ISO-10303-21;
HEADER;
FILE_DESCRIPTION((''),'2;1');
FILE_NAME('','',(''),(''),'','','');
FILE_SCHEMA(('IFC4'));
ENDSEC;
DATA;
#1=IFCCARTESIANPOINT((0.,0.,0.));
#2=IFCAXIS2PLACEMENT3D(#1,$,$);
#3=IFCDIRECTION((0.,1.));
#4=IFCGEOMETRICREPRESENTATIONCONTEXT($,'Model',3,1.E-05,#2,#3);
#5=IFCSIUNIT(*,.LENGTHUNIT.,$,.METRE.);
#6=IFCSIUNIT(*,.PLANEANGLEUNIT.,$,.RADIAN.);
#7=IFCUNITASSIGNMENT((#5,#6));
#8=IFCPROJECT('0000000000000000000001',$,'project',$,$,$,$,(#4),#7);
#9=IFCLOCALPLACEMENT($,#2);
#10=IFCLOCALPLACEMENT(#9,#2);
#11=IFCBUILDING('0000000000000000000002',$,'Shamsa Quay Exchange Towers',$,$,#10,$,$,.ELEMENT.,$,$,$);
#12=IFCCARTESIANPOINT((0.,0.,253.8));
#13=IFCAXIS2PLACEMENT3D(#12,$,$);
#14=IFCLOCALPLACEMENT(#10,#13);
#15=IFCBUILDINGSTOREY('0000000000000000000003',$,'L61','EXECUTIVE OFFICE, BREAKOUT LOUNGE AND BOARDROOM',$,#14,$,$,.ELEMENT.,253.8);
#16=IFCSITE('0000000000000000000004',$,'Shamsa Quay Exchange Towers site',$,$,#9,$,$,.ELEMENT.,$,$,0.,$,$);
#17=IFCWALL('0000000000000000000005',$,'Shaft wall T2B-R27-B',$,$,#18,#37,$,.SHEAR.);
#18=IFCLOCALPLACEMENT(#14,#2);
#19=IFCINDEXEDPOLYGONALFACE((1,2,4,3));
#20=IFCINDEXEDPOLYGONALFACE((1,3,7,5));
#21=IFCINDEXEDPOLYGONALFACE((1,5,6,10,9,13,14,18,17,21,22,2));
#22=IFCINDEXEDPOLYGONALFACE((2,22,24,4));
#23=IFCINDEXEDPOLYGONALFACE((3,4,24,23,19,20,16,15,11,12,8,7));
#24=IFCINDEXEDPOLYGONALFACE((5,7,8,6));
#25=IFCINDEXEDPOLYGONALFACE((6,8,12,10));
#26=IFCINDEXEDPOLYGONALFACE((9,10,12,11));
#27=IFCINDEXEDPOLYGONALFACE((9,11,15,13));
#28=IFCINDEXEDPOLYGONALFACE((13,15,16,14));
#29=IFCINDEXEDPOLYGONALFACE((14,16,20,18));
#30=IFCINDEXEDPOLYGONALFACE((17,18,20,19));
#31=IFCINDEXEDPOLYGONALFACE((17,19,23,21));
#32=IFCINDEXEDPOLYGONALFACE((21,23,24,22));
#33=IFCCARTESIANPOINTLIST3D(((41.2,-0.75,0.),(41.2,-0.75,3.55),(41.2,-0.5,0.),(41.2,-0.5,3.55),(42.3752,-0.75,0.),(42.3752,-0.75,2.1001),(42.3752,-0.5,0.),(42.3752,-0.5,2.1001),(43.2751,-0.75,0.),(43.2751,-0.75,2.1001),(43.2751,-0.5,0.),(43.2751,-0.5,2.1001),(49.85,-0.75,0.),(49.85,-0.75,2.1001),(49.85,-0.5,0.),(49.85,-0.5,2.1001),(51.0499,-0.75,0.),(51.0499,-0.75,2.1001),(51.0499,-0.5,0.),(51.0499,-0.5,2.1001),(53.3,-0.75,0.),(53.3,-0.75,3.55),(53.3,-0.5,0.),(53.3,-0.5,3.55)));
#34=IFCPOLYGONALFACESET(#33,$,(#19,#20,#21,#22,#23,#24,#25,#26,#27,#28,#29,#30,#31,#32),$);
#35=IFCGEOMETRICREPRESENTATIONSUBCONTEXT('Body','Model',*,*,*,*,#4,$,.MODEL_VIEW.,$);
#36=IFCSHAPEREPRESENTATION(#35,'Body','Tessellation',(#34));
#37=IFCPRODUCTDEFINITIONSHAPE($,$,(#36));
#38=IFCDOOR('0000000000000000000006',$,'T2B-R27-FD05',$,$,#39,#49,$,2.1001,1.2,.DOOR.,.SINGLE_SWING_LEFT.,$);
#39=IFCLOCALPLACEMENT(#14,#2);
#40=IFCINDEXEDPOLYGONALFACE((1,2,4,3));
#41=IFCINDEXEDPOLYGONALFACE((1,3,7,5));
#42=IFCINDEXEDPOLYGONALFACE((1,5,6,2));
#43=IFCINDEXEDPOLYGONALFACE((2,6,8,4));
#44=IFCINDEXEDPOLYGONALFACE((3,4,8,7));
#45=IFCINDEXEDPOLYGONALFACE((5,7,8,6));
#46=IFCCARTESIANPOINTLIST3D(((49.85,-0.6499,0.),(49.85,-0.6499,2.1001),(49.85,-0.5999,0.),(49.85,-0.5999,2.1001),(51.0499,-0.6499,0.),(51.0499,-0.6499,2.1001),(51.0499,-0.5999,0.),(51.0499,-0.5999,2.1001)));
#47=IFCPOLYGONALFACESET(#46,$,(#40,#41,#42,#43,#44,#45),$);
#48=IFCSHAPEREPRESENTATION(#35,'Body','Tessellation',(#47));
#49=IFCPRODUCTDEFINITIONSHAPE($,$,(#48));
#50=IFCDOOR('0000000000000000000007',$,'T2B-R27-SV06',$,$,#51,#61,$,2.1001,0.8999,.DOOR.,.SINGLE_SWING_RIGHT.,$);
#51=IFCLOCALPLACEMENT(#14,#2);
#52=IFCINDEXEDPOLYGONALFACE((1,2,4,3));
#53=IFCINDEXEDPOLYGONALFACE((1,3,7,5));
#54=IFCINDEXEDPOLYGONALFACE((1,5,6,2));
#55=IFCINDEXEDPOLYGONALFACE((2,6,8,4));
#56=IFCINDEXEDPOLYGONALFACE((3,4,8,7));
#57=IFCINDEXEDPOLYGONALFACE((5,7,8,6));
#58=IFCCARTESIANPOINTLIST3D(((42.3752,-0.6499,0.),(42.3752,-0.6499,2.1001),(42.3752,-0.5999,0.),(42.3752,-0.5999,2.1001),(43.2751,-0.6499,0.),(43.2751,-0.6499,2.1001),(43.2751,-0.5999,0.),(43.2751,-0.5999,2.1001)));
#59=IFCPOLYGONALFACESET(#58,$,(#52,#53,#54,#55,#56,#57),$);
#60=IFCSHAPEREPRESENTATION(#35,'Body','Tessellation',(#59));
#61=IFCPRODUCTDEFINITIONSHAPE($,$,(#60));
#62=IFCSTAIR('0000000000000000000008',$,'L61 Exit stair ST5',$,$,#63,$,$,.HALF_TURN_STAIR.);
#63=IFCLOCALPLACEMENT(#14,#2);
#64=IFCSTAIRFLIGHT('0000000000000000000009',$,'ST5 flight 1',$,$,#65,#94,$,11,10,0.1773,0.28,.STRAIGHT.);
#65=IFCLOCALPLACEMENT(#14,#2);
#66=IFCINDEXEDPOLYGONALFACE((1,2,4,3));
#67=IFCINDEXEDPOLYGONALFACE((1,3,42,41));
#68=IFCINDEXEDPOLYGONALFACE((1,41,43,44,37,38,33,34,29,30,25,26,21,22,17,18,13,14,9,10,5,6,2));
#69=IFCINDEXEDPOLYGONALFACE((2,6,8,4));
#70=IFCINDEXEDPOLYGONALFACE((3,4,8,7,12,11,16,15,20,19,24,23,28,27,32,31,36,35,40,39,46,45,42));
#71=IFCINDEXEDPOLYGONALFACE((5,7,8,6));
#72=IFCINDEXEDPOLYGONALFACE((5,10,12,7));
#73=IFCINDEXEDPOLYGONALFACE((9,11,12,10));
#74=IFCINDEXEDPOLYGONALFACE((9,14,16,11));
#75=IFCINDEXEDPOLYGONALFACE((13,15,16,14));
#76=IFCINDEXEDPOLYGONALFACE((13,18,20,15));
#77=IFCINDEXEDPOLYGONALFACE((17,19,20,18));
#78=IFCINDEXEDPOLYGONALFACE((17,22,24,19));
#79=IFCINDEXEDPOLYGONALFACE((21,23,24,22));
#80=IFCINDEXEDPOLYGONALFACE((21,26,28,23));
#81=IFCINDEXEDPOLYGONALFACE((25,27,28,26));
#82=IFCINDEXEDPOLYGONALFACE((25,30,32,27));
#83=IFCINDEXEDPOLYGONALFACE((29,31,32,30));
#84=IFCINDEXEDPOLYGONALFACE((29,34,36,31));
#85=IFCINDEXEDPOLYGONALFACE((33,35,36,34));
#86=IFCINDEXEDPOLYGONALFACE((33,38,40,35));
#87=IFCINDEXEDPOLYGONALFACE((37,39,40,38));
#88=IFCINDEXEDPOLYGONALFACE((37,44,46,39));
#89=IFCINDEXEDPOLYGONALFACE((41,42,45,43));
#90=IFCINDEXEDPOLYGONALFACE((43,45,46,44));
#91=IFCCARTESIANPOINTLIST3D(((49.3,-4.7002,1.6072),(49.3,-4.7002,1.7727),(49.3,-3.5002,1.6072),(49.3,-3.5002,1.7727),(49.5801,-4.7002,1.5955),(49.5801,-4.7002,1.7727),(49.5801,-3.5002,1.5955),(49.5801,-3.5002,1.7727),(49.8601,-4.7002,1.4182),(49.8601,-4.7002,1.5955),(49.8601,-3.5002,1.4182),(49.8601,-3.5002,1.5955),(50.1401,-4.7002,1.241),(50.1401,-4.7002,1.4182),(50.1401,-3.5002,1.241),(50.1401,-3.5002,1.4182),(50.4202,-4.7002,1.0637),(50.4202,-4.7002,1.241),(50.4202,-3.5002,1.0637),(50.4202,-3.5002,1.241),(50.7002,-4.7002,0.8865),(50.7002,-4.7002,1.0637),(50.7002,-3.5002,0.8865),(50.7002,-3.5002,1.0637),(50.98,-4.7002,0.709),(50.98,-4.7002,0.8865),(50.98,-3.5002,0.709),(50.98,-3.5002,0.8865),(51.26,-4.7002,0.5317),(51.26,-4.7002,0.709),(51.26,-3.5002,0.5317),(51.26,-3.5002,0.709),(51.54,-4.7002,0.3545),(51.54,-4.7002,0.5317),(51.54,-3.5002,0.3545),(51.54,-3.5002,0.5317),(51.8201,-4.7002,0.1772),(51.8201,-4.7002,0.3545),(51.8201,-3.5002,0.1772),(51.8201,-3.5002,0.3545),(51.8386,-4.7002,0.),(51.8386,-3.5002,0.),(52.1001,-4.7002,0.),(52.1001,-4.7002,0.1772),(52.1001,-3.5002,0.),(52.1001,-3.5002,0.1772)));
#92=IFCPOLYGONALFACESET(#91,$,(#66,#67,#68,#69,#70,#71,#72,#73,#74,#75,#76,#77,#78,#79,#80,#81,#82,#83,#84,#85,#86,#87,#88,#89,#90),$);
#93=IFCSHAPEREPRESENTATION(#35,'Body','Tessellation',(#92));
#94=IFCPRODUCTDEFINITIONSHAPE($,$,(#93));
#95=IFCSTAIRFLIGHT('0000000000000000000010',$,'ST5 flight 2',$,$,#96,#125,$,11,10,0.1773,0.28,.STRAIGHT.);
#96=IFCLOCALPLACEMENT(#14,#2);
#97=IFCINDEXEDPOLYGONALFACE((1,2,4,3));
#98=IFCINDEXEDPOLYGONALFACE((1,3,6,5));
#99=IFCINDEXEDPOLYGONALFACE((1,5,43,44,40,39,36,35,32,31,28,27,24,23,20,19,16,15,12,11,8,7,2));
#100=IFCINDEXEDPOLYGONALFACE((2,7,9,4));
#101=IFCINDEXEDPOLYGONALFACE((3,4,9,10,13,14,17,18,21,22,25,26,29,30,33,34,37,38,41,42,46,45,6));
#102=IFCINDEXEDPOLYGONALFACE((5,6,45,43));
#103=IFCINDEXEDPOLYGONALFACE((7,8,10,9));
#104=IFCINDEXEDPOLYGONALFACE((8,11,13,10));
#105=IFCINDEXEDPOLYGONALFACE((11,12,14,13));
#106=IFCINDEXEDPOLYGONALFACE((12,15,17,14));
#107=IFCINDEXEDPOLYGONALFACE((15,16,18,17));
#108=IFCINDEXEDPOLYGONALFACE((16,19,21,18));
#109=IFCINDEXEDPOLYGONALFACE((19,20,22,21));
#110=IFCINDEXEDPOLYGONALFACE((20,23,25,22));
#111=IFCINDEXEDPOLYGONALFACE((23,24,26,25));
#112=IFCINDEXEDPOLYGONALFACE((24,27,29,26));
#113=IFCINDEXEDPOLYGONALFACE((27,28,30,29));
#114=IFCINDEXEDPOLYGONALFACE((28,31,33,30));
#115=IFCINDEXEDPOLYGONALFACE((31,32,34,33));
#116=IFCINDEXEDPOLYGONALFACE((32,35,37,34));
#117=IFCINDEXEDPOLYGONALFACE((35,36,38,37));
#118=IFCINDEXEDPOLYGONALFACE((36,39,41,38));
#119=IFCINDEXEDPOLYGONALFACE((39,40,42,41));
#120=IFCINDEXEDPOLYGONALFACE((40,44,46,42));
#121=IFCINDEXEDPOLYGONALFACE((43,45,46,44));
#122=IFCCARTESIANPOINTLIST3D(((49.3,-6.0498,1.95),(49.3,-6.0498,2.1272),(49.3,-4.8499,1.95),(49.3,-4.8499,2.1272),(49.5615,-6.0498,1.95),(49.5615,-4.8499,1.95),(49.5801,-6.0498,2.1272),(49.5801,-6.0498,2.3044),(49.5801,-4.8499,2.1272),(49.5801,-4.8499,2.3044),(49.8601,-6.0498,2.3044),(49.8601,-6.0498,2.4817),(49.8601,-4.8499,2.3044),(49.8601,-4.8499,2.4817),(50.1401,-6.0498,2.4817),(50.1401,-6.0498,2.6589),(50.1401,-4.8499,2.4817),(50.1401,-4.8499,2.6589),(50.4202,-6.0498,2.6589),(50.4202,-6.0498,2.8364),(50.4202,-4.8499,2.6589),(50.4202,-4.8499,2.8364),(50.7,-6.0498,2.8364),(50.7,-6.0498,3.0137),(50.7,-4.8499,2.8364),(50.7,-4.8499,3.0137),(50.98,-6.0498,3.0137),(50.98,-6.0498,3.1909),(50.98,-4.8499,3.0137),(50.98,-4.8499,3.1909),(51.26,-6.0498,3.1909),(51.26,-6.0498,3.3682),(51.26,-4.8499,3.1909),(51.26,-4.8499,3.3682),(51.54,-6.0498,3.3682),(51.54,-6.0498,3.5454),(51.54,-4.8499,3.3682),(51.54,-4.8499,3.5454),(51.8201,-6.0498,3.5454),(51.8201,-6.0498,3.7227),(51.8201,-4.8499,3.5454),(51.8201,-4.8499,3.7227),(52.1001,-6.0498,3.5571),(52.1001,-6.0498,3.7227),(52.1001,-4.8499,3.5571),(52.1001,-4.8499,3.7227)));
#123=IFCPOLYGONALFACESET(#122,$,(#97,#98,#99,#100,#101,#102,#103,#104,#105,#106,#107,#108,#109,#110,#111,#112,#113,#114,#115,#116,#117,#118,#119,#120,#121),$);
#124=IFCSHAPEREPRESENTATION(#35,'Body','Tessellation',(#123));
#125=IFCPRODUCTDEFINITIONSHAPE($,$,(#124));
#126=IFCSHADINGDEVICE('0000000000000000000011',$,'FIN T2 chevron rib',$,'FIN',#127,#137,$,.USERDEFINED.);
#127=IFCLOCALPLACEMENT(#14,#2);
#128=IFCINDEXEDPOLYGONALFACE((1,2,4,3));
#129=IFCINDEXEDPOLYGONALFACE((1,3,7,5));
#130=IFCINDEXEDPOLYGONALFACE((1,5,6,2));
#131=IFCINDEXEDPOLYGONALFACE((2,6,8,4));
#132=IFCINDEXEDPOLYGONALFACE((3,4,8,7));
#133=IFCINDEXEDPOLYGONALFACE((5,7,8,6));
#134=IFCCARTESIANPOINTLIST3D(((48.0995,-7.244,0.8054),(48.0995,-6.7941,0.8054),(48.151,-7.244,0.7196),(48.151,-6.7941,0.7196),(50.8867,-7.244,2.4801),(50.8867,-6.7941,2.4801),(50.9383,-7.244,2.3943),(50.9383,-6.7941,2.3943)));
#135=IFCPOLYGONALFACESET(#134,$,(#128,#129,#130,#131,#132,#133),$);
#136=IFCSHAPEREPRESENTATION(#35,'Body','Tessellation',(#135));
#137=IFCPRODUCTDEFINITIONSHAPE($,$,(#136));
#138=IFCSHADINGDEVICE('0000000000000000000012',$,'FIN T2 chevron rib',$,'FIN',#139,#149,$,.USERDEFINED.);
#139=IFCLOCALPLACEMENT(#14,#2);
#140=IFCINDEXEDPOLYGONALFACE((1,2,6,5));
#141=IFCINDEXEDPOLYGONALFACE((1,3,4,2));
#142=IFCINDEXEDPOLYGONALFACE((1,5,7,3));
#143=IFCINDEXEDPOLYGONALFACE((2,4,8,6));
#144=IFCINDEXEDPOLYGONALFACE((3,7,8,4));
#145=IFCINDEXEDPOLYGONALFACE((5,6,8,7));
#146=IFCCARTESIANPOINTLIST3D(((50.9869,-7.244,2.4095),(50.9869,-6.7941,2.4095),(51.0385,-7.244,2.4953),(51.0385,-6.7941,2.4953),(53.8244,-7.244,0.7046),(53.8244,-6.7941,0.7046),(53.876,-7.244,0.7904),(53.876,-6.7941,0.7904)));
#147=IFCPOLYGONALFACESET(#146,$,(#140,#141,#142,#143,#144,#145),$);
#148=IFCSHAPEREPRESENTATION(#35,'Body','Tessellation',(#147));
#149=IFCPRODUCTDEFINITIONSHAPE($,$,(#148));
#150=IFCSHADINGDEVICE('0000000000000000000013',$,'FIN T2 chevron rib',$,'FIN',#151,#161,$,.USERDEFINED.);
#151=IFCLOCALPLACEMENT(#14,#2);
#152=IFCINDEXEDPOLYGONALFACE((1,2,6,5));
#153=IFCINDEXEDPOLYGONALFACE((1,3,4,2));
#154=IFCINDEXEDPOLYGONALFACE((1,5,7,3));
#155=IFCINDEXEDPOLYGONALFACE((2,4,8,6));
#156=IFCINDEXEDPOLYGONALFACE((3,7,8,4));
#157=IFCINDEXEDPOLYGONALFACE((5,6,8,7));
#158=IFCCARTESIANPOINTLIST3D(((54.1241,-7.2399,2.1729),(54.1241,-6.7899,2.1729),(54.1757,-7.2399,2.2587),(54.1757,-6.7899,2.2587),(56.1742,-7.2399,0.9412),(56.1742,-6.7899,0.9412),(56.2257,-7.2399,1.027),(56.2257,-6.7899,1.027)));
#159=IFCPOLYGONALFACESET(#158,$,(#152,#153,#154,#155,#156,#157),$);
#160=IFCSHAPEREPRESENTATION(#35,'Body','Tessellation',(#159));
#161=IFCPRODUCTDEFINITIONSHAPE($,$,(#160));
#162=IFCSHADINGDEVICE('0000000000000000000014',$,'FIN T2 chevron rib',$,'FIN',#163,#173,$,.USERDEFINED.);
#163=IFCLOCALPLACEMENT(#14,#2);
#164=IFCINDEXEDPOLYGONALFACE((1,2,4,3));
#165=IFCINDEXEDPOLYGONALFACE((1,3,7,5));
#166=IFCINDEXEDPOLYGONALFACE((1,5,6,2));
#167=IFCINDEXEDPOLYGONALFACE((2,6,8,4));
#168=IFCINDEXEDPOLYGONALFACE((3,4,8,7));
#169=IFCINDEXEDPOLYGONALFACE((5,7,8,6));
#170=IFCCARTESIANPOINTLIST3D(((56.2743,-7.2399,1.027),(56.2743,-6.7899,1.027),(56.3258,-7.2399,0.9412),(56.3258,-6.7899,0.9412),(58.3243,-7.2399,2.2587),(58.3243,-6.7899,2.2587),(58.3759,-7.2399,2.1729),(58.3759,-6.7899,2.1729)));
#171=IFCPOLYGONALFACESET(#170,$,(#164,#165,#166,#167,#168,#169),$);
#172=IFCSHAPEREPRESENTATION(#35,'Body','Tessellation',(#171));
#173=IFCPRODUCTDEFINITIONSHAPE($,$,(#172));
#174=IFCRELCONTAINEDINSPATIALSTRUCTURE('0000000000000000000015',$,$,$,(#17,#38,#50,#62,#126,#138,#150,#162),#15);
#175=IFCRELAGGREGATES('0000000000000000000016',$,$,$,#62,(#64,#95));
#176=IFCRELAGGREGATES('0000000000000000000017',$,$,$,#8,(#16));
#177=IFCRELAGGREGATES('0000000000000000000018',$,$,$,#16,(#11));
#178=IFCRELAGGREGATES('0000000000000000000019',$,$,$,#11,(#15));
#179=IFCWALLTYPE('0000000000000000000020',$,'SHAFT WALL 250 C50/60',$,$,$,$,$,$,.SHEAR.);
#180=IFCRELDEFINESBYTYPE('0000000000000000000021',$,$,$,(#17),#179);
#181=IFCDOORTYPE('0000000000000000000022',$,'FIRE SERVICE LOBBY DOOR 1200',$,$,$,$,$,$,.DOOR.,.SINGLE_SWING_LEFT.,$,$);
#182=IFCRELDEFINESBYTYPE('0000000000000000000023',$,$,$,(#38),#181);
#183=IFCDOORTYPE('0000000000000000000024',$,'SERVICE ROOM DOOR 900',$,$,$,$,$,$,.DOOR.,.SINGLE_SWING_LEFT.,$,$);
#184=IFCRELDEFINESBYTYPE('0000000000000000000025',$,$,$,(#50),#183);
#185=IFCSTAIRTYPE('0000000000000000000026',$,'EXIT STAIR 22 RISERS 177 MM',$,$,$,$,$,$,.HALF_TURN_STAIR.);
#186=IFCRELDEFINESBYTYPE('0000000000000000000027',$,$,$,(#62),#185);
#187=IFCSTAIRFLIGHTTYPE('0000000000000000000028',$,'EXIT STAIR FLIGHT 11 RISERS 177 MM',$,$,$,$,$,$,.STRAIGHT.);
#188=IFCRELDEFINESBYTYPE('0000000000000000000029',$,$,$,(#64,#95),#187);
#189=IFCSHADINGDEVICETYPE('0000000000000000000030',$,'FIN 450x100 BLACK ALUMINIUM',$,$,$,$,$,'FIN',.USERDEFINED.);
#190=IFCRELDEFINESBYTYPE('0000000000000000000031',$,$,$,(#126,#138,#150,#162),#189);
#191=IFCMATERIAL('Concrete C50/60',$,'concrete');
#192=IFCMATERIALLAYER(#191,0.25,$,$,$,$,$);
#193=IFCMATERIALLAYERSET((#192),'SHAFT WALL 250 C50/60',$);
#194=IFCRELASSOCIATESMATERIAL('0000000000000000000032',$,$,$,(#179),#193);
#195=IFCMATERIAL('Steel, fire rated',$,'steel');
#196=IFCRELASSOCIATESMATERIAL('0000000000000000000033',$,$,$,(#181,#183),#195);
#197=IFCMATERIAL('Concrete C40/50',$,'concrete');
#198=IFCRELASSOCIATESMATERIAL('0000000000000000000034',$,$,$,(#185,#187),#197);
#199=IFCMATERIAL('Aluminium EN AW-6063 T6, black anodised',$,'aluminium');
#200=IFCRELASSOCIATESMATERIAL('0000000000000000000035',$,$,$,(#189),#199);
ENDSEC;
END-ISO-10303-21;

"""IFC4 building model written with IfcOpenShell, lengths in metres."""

from ifc_helpers import new_model, si_unit, direction, frame, frame_2d, origin, origin_2d, place, context, subcontext, project, spatial, polyline, rectangle, outline, extrude, material, layer, layer_set, material_profile, profile_set, type_object, element, fill, aggregate, save


model = new_model("IFC4")

# Units and contexts
model_context = context("Model", 3, precision=1e-05, world=origin(), true_north=direction((0.0, 1.0)))
body_context = subcontext(model_context, "Body", "Model", "MODEL_VIEW")
ifc_project = project(units=[si_unit("LENGTHUNIT", "METRE"), si_unit("PLANEANGLEUNIT", "RADIAN")], contexts=[model_context])

# Site, building, storey
site_placement = place(None, origin())
site = spatial("IfcSite", under=ifc_project, at=site_placement, Name="Shamsa Quay Exchange Towers site", CompositionType="ELEMENT", RefElevation=0.0)
building_placement = place(site_placement, origin())
building = spatial("IfcBuilding", under=site, at=building_placement, Name="Shamsa Quay Exchange Towers", CompositionType="ELEMENT")
storey_placement = place(building_placement, frame((0.0, 0.0, 253.8)))
storey = spatial("IfcBuildingStorey", under=building, at=storey_placement, Name="L61", Description="EXECUTIVE OFFICE, BREAKOUT LOUNGE AND BOARDROOM", CompositionType="ELEMENT", Elevation=253.8)

# Shared definitions
ifc_material_1 = material(Name="Aluminium EN AW-6063 T6, black anodised", Category="aluminium")

# Shared definitions
ifc_material_2 = material(Name="Steel, fire rated", Category="steel")
ifc_material_3 = material(Name="Concrete C50/60", Category="concrete")
ifc_layer_1 = layer(ifc_material_3, 0.25)
ifc_layer_set_1 = layer_set([ifc_layer_1], Name="SHAFT WALL 250 C50/60")
wall_type_1 = type_object("IfcWallType", Name="SHAFT WALL 250 C50/60", PredefinedType="SHEAR", material=ifc_layer_set_1)

# Wall, openings, doors
wall_1_placement = place(storey_placement, frame((53.3, -0.625, 0.0), z_axis=(0.0, 0.0, 1.0), x_axis=(-1.0, 0.0, 0.0)))
wall_1 = element("IfcWall", 1, at=wall_1_placement, inside=storey, type_object=wall_type_1, Name="Shaft wall T2B-R27-B", PredefinedType="SHEAR", context=body_context, shape_type="SweptSolid", body=[
    extrude(rectangle(XDim=12.1001, YDim=0.25, at=frame_2d((6.05, 0.0))), origin(), (0.0, 0.0, 1.0), 3.55),
])
opening_1_placement = place(wall_1_placement, frame((2.25, 0.0, 0.0)))
opening_1 = element("IfcOpeningElement", 2, at=opening_1_placement, cuts=wall_1, PredefinedType="OPENING", context=body_context, shape_type="SweptSolid", body=[
    extrude(rectangle(XDim=1.2, YDim=2.1001, at=frame_2d((0.6001, 1.05))), frame((0.0, 0.135, 0.0), z_axis=(0.0, -1.0, 0.0), x_axis=(1.0, 0.0, 0.0)), (0.0, 0.0, 1.0), 0.27),
])
opening_2_placement = place(wall_1_placement, frame((10.0249, 0.0, 0.0)))
opening_2 = element("IfcOpeningElement", 3, at=opening_2_placement, cuts=wall_1, PredefinedType="OPENING", context=body_context, shape_type="SweptSolid", body=[
    extrude(rectangle(XDim=0.8999, YDim=2.1001, at=frame_2d((0.45, 1.05))), frame((0.0, 0.135, 0.0), z_axis=(0.0, -1.0, 0.0), x_axis=(1.0, 0.0, 0.0)), (0.0, 0.0, 1.0), 0.27),
])
door_type_1 = type_object("IfcDoorType", Name="FIRE SERVICE LOBBY DOOR 1200", OperationType="SINGLE_SWING_LEFT", PredefinedType="DOOR", material=ifc_material_2)
door_1_placement = place(opening_1_placement, origin())
door_1 = element("IfcDoor", 4, at=door_1_placement, inside=storey, type_object=door_type_1, Name="T2B-R27-FD05", OperationType="SINGLE_SWING_LEFT", OverallHeight=2.1001, OverallWidth=1.2, PredefinedType="DOOR", context=body_context, shape_type="SweptSolid", body=[
    extrude(rectangle(XDim=1.2, YDim=2.1001, at=frame_2d((0.6001, 1.05))), frame((0.0, 0.0249, 0.0), z_axis=(0.0, -1.0, 0.0), x_axis=(1.0, 0.0, 0.0)), (0.0, 0.0, 1.0), 0.05),
])
fill(opening_1, door_1)
door_type_2 = type_object("IfcDoorType", Name="SERVICE ROOM DOOR 900", OperationType="SINGLE_SWING_LEFT", PredefinedType="DOOR", material=ifc_material_2)
door_2_placement = place(opening_2_placement, origin())
door_2 = element("IfcDoor", 5, at=door_2_placement, inside=storey, type_object=door_type_2, Name="T2B-R27-SV06", OperationType="SINGLE_SWING_RIGHT", OverallHeight=2.1001, OverallWidth=0.8999, PredefinedType="DOOR", context=body_context, shape_type="SweptSolid", body=[
    extrude(rectangle(XDim=0.8999, YDim=2.1001, at=frame_2d((0.45, 1.05))), frame((0.0, 0.0249, 0.0), z_axis=(0.0, -1.0, 0.0), x_axis=(1.0, 0.0, 0.0)), (0.0, 0.0, 1.0), 0.05),
])
fill(opening_2, door_2)

# Stair, stair flights
ifc_material_4 = material(Name="Concrete C40/50", Category="concrete")
stair_type = type_object("IfcStairType", Name="EXIT STAIR 22 RISERS 177 MM", PredefinedType="HALF_TURN_STAIR", material=ifc_material_4)
stair_placement = place(storey_placement, origin())
stair = element("IfcStair", 6, at=stair_placement, inside=storey, type_object=stair_type, Name="L61 Exit stair ST5", PredefinedType="HALF_TURN_STAIR")
stair_flight_type = type_object("IfcStairFlightType", Name="EXIT STAIR FLIGHT 11 RISERS 177 MM", PredefinedType="STRAIGHT", material=ifc_material_4)
stair_flight_1_placement = place(storey_placement, frame((52.1001, -4.1001, 0.0), z_axis=(0.0, 0.0, 1.0), x_axis=(-1.0, 0.0, 0.0)))
stair_flight_1 = element("IfcStairFlight", 7, at=stair_flight_1_placement, type_object=stair_flight_type, Name="ST5 flight 1", NumberOfRisers=11, NumberOfTreads=10, PredefinedType="STRAIGHT", RiserHeight=0.1773, TreadLength=0.28, context=body_context, shape_type="SweptSolid", body=[
    extrude(outline(polyline([(0.0, 0.0), (0.0, 0.1772), (0.28, 0.1772), (0.28, 0.3545), (0.5601, 0.3545), (0.5601, 0.5317), (0.8401, 0.5317), (0.8401, 0.709), (1.1201, 0.709), (1.1201, 0.8865), (1.3999, 0.8865), (1.3999, 1.0637), (1.6799, 1.0637), (1.6799, 1.241), (1.96, 1.241), (1.96, 1.4182), (2.24, 1.4182), (2.24, 1.5955), (2.52, 1.5955), (2.52, 1.7727), (2.8, 1.7727), (2.8, 1.95), (2.8, 1.6072), (0.2615, 0.0), (0.0, 0.0)])), frame((0.0, 0.6001, 0.0), z_axis=(0.0, -1.0, 0.0), x_axis=(1.0, 0.0, 0.0)), (0.0, 0.0, 1.0), 1.2),
])
stair_flight_2_placement = place(storey_placement, frame((49.3, -5.45, 1.95)))
stair_flight_2 = element("IfcStairFlight", 8, at=stair_flight_2_placement, type_object=stair_flight_type, Name="ST5 flight 2", NumberOfRisers=11, NumberOfTreads=10, PredefinedType="STRAIGHT", RiserHeight=0.1773, TreadLength=0.28, context=body_context, shape_type="SweptSolid", body=[
    extrude(outline(polyline([(0.0, 0.0), (0.0, 0.1772), (0.28, 0.1772), (0.28, 0.3545), (0.5601, 0.3545), (0.5601, 0.5317), (0.8401, 0.5317), (0.8401, 0.709), (1.1201, 0.709), (1.1201, 0.8865), (1.3999, 0.8865), (1.3999, 1.0637), (1.6799, 1.0637), (1.6799, 1.241), (1.96, 1.241), (1.96, 1.4182), (2.24, 1.4182), (2.24, 1.5955), (2.52, 1.5955), (2.52, 1.7727), (2.8, 1.7727), (2.8, 1.95), (2.8, 1.6072), (0.2615, 0.0), (0.0, 0.0)])), frame((0.0, 0.6001, 0.0), z_axis=(0.0, -1.0, 0.0), x_axis=(1.0, 0.0, 0.0)), (0.0, 0.0, 1.0), 1.2),
])
aggregate(stair, [stair_flight_1, stair_flight_2])

# Shading devices
ifc_material_profile_1 = material_profile(ifc_material_1, rectangle(XDim=0.45, YDim=0.1001, at=origin_2d()), Name="FIN450x100")
ifc_profile_set_1 = profile_set([ifc_material_profile_1], Name="Aluminium EN AW-6063 T6, black anodised")
shading_device_type = type_object("IfcShadingDeviceType", Name="FIN 450x100 BLACK ALUMINIUM", ElementType="FIN", PredefinedType="USERDEFINED", material=ifc_profile_set_1)
shading_device_1_placement = place(storey_placement, frame((48.1252, -7.019, 0.7625), z_axis=(0.857168, 0.0, 0.515037), x_axis=(0.0, 1.0, 0.0)))
element("IfcShadingDevice", 9, at=shading_device_1_placement, inside=storey, type_object=shading_device_type, Name="FIN T2 chevron rib", ObjectType="FIN", PredefinedType="USERDEFINED", context=body_context, shape_type="SweptSolid", body=[
    extrude(rectangle(XDim=0.45, YDim=0.1001, at=origin_2d()), origin(), (0.0, 0.0, 1.0), 3.2517),
])
shading_device_2_placement = place(storey_placement, frame((51.0127, -7.019, 2.4524), z_axis=(0.857174, 0.0, -0.515027), x_axis=(0.0, 1.0, 0.0)))
element("IfcShadingDevice", 10, at=shading_device_2_placement, inside=storey, type_object=shading_device_type, Name="FIN T2 chevron rib", ObjectType="FIN", PredefinedType="USERDEFINED", context=body_context, shape_type="SweptSolid", body=[
    extrude(rectangle(XDim=0.45, YDim=0.1001, at=origin_2d()), origin(), (0.0, 0.0, 1.0), 3.3103),
])
for number, where, z_axis, x_axis, name in (
    (11, (54.1499, -7.0149, 2.2158), (0.857187, 0.0, -0.515006), (0.0, 1.0, 0.0), "FIN T2 chevron rib"),
    (12, (56.3, -7.0149, 0.9841), (0.857187, 0.0, 0.515006), (0.0, 1.0, 0.0), "FIN T2 chevron rib"),
):
    element("IfcShadingDevice", number, at=place(storey_placement, frame(where, z_axis=z_axis, x_axis=x_axis)), inside=storey, type_object=shading_device_type, Name=name, ObjectType="FIN", PredefinedType="USERDEFINED", context=body_context, shape_type="SweptSolid", body=[
        extrude(rectangle(XDim=0.45, YDim=0.1001, at=origin_2d()), origin(), (0.0, 0.0, 1.0), 2.3916),
    ])

save(model, "model.ifc")
